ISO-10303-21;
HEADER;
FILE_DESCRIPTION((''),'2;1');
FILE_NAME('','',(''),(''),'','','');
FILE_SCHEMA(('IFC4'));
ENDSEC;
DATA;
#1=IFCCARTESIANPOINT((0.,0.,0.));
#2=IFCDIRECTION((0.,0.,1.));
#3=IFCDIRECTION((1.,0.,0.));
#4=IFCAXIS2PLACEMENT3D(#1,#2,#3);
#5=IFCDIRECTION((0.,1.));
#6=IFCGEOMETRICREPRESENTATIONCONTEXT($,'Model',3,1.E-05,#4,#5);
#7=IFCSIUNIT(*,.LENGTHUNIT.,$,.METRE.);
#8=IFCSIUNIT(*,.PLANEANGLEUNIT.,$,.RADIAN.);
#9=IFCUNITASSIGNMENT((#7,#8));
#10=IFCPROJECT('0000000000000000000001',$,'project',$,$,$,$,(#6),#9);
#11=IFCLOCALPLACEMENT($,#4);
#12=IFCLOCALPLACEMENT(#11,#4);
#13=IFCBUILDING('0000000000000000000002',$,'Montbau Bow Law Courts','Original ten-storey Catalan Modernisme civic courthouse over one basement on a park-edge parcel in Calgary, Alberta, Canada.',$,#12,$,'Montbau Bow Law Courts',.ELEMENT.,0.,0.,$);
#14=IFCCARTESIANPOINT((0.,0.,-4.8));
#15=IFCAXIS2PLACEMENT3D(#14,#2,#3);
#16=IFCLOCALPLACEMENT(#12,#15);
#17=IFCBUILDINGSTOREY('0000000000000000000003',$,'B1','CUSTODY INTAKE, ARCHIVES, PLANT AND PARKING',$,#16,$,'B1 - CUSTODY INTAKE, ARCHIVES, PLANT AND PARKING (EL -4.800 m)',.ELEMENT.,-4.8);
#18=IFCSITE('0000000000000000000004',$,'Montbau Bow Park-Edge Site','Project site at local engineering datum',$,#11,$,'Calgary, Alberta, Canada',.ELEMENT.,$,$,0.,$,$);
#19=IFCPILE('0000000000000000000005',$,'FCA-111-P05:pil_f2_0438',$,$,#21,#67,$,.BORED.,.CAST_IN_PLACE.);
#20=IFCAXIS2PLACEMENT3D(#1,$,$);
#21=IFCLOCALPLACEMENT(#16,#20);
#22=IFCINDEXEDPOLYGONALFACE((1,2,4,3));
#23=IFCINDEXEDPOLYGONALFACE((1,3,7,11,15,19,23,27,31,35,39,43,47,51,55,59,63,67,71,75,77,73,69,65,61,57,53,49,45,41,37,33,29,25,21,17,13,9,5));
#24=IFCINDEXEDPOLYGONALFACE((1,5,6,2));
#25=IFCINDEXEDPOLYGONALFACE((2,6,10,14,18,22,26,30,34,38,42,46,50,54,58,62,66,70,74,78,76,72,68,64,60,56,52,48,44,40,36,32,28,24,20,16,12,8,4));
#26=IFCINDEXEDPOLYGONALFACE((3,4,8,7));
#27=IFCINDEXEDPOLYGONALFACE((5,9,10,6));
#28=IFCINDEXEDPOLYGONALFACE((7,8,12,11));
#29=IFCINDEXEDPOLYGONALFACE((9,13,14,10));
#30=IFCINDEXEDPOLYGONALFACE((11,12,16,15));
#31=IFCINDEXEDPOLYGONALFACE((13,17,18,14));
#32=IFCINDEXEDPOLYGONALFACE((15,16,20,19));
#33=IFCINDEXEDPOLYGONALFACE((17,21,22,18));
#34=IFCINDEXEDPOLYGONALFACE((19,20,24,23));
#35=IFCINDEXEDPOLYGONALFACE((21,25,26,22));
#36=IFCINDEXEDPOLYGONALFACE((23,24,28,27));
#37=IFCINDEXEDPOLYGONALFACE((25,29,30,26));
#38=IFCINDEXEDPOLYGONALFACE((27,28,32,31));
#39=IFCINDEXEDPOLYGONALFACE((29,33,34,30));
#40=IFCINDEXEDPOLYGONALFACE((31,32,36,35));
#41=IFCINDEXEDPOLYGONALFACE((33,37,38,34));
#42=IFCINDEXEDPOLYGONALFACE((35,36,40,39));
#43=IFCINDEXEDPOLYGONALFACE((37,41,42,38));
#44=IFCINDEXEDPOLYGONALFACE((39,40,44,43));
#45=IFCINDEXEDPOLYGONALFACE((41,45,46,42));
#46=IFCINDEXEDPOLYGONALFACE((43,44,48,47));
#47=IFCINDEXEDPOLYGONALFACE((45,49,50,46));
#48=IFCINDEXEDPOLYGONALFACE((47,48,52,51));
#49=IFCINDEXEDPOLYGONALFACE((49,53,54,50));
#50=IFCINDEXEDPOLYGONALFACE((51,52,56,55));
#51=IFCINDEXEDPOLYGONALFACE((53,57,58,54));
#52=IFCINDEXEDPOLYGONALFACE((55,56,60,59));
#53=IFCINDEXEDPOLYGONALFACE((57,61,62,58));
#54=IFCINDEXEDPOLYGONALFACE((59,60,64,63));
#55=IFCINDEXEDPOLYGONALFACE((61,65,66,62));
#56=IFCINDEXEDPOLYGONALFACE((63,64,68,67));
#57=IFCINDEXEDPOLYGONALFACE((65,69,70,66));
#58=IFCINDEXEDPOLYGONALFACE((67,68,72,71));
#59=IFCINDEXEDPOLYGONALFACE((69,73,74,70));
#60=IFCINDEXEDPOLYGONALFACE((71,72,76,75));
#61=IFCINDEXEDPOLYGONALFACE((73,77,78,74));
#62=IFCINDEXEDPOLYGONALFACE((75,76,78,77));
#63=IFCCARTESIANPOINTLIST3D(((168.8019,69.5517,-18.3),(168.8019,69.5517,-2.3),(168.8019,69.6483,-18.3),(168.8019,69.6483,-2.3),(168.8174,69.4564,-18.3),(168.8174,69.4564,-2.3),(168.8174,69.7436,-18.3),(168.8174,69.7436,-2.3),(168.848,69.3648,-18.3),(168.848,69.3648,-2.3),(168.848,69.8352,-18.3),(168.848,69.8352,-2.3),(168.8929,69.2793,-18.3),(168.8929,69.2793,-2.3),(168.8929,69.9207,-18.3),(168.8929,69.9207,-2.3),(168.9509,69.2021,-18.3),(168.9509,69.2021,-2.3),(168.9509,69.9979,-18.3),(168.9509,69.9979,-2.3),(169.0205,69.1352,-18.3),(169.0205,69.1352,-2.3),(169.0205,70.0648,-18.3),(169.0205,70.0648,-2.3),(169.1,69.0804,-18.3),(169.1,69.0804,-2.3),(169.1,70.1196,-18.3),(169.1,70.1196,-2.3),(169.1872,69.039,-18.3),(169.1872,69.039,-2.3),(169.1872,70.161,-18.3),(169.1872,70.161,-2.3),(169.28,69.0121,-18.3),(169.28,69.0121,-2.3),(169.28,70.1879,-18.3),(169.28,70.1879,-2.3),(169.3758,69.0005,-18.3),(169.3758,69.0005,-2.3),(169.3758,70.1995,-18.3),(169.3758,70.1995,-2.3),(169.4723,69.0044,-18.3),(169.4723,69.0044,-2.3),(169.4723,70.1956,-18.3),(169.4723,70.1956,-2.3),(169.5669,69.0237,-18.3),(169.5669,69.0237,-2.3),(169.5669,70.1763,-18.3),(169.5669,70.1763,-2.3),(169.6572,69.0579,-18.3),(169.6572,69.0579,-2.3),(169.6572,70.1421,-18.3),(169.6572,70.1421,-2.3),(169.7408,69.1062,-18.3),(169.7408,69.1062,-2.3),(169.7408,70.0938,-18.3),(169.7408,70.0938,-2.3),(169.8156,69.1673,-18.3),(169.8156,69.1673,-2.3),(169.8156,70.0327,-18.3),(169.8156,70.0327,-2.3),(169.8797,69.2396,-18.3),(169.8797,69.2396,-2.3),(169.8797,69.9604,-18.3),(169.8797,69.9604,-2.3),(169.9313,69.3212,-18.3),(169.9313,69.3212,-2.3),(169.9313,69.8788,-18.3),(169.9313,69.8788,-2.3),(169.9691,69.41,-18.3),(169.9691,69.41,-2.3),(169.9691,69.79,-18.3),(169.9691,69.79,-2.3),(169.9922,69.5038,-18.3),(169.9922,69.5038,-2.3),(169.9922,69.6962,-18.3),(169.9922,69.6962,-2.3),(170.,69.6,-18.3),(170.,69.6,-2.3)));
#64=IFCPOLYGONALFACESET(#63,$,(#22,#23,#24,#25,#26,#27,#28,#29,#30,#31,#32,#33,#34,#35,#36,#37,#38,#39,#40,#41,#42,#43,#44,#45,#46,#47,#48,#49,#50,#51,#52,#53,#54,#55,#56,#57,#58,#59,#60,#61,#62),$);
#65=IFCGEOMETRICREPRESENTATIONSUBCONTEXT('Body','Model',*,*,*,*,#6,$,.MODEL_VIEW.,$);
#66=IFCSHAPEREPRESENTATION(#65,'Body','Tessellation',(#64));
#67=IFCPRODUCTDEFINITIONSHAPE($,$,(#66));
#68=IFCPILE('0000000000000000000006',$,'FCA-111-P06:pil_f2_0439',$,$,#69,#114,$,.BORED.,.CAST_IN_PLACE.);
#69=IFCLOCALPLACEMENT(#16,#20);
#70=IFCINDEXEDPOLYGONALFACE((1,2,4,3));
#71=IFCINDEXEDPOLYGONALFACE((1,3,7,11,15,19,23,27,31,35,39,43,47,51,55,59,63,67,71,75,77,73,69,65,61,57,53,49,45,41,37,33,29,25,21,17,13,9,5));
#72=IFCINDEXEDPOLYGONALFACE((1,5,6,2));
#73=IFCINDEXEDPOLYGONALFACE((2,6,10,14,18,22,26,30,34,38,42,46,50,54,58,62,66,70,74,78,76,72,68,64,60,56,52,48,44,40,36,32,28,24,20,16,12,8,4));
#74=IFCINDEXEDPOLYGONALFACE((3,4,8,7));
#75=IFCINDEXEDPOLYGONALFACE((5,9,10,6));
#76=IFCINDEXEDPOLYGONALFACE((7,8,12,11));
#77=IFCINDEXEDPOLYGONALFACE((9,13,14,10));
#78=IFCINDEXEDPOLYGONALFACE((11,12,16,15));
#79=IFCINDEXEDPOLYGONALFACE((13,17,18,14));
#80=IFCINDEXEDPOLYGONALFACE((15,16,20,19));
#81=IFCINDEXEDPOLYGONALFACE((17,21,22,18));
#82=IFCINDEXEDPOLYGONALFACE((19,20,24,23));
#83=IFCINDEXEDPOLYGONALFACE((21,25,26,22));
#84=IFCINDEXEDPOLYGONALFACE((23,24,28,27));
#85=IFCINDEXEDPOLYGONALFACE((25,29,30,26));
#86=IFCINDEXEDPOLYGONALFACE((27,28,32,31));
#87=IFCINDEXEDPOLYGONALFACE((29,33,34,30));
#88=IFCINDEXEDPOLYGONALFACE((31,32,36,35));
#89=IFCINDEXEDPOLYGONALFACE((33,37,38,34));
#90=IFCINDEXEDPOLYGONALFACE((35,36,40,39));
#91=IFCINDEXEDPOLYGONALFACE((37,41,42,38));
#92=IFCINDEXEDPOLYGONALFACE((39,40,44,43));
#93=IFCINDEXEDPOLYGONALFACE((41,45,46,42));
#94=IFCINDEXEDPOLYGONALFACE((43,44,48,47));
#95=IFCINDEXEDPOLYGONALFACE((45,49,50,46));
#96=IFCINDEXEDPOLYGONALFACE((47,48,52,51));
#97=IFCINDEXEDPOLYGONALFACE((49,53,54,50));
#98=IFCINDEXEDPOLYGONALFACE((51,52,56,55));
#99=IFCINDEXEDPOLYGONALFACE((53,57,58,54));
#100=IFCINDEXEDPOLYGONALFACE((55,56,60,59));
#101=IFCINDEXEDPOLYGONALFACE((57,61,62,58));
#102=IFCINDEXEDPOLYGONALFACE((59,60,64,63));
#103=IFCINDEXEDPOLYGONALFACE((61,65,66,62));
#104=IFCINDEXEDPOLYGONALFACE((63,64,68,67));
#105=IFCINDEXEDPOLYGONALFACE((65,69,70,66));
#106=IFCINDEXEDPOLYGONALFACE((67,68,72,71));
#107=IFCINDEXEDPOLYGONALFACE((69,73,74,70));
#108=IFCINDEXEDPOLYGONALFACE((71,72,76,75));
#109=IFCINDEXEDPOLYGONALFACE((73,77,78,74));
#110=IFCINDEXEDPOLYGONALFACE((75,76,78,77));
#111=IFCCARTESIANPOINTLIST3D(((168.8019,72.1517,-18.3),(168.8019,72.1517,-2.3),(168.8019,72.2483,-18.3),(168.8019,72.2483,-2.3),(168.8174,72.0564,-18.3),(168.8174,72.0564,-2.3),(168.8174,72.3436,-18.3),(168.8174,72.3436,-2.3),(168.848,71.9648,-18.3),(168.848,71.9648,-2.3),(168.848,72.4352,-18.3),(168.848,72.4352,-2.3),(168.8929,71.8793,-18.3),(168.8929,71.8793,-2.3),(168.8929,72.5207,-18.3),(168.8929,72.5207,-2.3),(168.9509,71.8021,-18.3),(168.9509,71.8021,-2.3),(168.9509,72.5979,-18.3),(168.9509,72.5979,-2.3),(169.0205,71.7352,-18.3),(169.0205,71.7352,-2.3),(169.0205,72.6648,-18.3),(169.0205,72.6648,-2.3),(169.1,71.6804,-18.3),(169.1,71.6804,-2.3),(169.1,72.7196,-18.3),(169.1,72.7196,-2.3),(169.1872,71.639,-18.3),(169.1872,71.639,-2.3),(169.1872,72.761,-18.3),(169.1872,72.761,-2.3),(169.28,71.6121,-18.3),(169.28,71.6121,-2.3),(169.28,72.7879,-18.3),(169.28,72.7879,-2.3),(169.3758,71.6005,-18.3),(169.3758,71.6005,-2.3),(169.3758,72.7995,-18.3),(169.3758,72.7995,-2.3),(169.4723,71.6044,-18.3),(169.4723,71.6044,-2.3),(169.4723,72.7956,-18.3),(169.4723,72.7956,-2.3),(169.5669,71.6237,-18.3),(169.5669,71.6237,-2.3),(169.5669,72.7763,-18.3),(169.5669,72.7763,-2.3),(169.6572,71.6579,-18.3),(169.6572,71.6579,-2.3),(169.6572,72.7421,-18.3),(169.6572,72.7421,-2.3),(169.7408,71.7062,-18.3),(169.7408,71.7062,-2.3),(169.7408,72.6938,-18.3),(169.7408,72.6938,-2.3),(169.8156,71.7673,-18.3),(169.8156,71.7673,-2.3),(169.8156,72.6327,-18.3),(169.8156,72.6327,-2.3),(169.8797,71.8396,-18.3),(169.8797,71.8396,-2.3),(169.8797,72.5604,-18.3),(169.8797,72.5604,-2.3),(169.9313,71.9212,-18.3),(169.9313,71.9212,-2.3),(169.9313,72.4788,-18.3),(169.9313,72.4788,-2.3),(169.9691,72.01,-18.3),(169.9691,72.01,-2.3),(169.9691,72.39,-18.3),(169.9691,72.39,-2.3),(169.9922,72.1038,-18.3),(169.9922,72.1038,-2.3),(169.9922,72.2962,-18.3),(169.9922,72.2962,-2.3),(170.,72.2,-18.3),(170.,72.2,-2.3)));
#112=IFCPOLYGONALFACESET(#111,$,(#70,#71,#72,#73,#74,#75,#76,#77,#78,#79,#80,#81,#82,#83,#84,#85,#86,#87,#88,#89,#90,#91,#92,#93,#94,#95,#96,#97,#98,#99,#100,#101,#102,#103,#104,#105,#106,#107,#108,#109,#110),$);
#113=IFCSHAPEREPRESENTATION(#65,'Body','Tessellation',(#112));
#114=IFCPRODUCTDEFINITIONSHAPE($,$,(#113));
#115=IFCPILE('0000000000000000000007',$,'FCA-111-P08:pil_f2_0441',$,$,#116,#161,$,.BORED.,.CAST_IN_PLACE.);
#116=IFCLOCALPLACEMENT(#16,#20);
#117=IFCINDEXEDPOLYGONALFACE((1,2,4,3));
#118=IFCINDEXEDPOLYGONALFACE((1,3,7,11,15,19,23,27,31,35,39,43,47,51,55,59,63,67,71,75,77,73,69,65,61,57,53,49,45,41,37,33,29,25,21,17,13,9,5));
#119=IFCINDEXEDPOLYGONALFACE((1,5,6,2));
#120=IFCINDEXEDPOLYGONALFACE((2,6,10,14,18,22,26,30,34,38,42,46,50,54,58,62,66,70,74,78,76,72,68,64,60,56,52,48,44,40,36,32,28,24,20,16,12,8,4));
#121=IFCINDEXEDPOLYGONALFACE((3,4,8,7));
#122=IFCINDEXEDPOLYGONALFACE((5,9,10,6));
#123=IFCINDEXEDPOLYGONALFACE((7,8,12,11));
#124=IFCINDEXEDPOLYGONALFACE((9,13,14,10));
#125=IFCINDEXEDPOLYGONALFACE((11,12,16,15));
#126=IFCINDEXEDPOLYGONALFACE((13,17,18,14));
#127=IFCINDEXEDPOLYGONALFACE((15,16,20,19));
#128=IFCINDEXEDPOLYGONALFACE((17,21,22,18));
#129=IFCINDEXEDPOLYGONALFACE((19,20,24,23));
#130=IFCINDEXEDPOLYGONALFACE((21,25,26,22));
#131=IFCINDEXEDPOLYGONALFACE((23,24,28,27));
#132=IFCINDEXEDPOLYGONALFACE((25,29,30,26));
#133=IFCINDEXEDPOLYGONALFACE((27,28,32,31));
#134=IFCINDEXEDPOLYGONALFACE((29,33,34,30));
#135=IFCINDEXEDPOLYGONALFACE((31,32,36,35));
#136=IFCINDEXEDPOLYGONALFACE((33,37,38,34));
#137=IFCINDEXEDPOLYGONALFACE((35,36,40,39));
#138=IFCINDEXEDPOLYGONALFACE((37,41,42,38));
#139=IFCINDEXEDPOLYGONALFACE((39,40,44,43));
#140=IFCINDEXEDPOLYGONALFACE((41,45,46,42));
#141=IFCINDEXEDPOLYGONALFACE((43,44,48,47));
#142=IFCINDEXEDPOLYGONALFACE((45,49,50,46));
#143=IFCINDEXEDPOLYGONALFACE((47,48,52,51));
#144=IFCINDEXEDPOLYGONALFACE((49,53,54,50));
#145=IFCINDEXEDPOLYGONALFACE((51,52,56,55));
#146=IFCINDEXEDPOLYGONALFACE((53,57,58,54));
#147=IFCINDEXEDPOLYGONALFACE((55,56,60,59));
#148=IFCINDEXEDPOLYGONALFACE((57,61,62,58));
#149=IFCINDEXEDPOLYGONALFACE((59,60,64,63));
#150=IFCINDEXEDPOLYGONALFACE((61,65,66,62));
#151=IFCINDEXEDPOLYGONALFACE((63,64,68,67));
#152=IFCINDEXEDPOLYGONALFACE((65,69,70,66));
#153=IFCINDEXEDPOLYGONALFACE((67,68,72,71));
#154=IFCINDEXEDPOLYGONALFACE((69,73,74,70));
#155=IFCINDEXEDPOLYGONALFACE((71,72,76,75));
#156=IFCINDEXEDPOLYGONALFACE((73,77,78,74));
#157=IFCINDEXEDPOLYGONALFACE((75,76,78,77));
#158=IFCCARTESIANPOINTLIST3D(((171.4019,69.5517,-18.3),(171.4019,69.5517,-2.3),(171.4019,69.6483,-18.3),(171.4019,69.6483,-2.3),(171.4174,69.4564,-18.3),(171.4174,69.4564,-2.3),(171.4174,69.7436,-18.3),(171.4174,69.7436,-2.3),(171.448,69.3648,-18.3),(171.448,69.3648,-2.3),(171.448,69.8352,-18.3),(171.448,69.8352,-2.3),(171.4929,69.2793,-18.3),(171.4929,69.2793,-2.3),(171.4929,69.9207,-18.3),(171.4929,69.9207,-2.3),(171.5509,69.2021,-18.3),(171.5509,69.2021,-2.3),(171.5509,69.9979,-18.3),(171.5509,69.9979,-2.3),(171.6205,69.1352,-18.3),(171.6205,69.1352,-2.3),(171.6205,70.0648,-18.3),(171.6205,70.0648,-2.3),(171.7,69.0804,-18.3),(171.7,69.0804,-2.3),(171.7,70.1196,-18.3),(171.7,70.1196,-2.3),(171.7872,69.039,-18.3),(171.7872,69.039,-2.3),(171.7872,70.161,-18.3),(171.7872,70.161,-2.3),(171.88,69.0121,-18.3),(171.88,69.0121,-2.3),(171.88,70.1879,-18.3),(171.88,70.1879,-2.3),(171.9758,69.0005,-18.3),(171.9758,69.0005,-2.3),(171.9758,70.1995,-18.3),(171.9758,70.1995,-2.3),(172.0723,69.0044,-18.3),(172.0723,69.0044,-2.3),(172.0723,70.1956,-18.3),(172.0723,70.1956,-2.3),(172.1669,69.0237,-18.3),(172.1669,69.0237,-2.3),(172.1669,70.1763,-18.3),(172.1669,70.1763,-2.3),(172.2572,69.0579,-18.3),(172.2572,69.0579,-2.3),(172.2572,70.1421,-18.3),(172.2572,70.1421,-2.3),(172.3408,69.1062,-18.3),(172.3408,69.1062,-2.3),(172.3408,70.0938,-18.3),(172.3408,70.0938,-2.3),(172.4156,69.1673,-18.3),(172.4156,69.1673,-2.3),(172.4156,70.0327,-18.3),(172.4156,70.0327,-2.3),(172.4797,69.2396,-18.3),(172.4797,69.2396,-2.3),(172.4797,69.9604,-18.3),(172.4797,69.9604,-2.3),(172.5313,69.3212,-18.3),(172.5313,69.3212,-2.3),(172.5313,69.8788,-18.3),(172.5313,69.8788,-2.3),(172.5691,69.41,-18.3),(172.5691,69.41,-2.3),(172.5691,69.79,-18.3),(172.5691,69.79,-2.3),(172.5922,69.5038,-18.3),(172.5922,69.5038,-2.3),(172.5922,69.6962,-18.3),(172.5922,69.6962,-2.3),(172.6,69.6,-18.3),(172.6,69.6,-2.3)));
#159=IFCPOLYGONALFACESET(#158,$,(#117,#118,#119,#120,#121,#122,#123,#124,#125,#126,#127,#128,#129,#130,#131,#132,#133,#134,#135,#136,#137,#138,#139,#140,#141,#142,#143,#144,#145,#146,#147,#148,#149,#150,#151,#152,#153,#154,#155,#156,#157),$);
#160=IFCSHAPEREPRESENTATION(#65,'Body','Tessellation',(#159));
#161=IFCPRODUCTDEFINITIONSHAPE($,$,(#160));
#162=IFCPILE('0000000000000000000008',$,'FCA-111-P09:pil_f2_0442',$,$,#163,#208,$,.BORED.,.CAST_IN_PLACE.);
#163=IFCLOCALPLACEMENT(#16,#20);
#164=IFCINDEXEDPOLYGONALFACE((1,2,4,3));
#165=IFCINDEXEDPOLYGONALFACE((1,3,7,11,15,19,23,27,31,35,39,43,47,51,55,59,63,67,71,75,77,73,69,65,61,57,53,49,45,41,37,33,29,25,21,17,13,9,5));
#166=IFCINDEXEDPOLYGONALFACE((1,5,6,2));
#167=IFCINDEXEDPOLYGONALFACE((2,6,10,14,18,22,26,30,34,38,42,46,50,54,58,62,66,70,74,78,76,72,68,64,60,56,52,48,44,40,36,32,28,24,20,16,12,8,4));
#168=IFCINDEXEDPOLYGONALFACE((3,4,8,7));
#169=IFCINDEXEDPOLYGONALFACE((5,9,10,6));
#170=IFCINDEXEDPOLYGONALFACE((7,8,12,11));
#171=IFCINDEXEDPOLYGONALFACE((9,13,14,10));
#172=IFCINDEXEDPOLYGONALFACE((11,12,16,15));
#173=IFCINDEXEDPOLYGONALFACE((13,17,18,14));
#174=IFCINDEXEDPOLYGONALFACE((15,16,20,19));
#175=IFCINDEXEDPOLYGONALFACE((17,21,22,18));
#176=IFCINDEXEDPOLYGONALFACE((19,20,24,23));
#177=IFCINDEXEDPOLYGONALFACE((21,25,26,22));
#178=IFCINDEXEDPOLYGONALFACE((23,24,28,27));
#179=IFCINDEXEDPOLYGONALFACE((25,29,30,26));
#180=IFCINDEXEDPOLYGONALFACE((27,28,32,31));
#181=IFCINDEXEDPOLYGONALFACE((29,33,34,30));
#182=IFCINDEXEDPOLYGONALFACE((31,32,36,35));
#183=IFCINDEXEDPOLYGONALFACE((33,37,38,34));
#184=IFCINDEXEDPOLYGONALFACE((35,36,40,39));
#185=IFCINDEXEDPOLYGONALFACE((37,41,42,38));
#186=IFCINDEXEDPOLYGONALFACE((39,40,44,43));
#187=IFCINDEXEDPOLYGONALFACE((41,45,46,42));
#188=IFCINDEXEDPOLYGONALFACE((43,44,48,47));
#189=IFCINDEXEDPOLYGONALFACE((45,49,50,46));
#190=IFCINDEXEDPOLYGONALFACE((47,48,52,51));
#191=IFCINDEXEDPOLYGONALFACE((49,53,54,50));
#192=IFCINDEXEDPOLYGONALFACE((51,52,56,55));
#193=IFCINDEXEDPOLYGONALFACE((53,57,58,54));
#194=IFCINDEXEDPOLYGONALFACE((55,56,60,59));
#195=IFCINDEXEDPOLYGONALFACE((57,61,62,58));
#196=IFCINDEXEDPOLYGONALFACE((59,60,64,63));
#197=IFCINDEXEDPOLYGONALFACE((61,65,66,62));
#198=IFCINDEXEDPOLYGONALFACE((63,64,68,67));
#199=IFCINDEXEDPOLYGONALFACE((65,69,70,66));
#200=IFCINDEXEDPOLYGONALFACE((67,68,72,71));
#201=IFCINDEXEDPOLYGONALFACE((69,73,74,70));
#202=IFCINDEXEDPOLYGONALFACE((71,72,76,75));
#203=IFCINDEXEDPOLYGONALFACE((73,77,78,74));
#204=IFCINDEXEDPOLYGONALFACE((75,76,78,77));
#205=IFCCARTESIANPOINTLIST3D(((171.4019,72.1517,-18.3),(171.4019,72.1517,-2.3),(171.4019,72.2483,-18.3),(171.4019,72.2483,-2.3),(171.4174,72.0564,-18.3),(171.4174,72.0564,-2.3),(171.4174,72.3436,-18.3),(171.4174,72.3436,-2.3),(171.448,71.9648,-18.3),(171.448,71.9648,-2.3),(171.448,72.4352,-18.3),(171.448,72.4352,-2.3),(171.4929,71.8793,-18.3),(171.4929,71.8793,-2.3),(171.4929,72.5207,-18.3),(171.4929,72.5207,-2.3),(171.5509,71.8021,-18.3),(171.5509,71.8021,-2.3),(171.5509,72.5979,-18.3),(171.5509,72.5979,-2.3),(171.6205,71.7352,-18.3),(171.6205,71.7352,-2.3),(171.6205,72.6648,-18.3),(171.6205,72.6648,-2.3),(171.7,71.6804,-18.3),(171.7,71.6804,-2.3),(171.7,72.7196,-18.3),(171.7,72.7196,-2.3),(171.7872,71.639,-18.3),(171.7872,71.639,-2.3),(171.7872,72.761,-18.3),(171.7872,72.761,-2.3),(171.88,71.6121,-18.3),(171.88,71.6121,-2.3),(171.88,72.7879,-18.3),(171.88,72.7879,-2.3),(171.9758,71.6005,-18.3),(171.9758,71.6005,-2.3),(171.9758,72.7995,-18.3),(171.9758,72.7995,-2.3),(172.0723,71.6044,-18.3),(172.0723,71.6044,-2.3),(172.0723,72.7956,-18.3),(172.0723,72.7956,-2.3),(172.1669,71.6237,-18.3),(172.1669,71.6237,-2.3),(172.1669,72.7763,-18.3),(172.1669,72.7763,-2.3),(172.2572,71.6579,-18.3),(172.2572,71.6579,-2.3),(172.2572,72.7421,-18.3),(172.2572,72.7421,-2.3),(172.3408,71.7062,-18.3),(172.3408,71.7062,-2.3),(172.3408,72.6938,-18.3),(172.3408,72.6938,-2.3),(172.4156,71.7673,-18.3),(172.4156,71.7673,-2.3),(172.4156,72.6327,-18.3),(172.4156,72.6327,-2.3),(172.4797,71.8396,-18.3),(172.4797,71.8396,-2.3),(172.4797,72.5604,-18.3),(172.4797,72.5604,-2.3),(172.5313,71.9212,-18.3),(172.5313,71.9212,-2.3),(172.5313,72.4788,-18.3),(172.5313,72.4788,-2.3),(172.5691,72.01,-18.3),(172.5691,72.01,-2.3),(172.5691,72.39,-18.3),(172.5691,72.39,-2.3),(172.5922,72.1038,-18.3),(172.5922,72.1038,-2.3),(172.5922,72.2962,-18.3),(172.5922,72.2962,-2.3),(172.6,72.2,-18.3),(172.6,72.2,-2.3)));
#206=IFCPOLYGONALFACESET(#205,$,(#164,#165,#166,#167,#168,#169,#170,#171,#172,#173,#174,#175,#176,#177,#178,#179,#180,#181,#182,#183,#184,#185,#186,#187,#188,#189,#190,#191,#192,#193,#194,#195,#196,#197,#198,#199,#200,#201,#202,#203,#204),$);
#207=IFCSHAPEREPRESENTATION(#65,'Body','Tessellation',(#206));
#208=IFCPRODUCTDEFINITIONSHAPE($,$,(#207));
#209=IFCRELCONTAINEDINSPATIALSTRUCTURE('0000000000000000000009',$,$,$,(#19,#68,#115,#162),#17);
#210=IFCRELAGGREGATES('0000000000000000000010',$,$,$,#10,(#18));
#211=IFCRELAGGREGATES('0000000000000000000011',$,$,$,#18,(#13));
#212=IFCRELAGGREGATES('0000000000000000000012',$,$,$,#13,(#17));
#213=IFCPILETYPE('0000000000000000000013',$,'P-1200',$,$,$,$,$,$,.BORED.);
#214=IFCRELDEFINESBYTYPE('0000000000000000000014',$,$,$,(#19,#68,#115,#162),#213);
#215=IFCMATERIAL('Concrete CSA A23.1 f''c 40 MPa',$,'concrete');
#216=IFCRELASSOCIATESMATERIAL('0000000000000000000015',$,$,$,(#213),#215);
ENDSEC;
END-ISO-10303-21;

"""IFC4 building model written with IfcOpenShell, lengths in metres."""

from ifc_helpers import new_model, si_unit, direction, frame, origin_with_axes, origin_2d_with_axis, place, context, subcontext, project, spatial, circle, extrude, material, material_profile, profile_set, type_object, element, save


model = new_model("IFC4")

# Units and contexts
model_context = context("Model", 3, precision=1e-05, world=origin_with_axes(), true_north=direction((0.0, 1.0)))
body_context = subcontext(model_context, "Body", "Model", "MODEL_VIEW")
ifc_project = project(units=[si_unit("LENGTHUNIT", "METRE"), si_unit("PLANEANGLEUNIT", "RADIAN")], contexts=[model_context])

# Site, building, storey
site_placement = place(None, origin_with_axes())
site = spatial("IfcSite", under=ifc_project, at=site_placement, Name="Montbau Bow Park-Edge Site", Description="Project site at local engineering datum", LongName="Calgary, Alberta, Canada", CompositionType="ELEMENT", RefElevation=0.0)
building_placement = place(site_placement, origin_with_axes())
building = spatial("IfcBuilding", under=site, at=building_placement, Name="Montbau Bow Law Courts", Description="Original ten-storey Catalan Modernisme civic courthouse over one basement on a park-edge parcel in Calgary, Alberta, Canada.", LongName="Montbau Bow Law Courts", CompositionType="ELEMENT", ElevationOfRefHeight=0.0, ElevationOfTerrain=0.0)
storey_placement = place(building_placement, frame((0.0, 0.0, -4.8), z_axis=(0.0, 0.0, 1.0), x_axis=(1.0, 0.0, 0.0)))
storey = spatial("IfcBuildingStorey", under=building, at=storey_placement, Name="B1", Description="CUSTODY INTAKE, ARCHIVES, PLANT AND PARKING", LongName="B1 - CUSTODY INTAKE, ARCHIVES, PLANT AND PARKING (EL -4.800 m)", CompositionType="ELEMENT", Elevation=-4.8)

# Piles
ifc_material_1 = material(Name="Concrete CSA A23.1 f'c 40 MPa", Category="concrete")
ifc_material_profile_1 = material_profile(ifc_material_1, circle(Radius=0.6, at=origin_2d_with_axis()), Name="BP1200", Category="Main", Priority=0)
ifc_profile_set_1 = profile_set([ifc_material_profile_1], Name="Concrete CSA A23.1 f'c 40 MPa")
pile_type_1 = type_object("IfcPileType", Name="P-1200", PredefinedType="BORED", material=ifc_profile_set_1)
for number, where, z_axis, x_axis, name in (
    (1, (169.4, 69.6, -23.1), (0.0, 0.0, 1.0), (1.0, 0.0, 0.0), "FCA-111-P05:pil_f2_0438"),
    (2, (169.4, 72.2, -23.1), (0.0, 0.0, 1.0), (1.0, 0.0, 0.0), "FCA-111-P06:pil_f2_0439"),
    (3, (172.0, 69.6, -23.1), (0.0, 0.0, 1.0), (1.0, 0.0, 0.0), "FCA-111-P08:pil_f2_0441"),
    (4, (172.0, 72.2, -23.1), (0.0, 0.0, 1.0), (1.0, 0.0, 0.0), "FCA-111-P09:pil_f2_0442"),
):
    element("IfcPile", number, at=place(None, frame(where, z_axis=z_axis, x_axis=x_axis)), inside=storey, type_object=pile_type_1, Name=name, ConstructionType="CAST_IN_PLACE", PredefinedType="BORED", context=body_context, shape_type="SweptSolid", body=[
        extrude(circle(Radius=0.6, at=origin_2d_with_axis()), origin_with_axes(), (0.0, 0.0, 1.0), 16.0),
    ])

save(model, "model.ifc")
